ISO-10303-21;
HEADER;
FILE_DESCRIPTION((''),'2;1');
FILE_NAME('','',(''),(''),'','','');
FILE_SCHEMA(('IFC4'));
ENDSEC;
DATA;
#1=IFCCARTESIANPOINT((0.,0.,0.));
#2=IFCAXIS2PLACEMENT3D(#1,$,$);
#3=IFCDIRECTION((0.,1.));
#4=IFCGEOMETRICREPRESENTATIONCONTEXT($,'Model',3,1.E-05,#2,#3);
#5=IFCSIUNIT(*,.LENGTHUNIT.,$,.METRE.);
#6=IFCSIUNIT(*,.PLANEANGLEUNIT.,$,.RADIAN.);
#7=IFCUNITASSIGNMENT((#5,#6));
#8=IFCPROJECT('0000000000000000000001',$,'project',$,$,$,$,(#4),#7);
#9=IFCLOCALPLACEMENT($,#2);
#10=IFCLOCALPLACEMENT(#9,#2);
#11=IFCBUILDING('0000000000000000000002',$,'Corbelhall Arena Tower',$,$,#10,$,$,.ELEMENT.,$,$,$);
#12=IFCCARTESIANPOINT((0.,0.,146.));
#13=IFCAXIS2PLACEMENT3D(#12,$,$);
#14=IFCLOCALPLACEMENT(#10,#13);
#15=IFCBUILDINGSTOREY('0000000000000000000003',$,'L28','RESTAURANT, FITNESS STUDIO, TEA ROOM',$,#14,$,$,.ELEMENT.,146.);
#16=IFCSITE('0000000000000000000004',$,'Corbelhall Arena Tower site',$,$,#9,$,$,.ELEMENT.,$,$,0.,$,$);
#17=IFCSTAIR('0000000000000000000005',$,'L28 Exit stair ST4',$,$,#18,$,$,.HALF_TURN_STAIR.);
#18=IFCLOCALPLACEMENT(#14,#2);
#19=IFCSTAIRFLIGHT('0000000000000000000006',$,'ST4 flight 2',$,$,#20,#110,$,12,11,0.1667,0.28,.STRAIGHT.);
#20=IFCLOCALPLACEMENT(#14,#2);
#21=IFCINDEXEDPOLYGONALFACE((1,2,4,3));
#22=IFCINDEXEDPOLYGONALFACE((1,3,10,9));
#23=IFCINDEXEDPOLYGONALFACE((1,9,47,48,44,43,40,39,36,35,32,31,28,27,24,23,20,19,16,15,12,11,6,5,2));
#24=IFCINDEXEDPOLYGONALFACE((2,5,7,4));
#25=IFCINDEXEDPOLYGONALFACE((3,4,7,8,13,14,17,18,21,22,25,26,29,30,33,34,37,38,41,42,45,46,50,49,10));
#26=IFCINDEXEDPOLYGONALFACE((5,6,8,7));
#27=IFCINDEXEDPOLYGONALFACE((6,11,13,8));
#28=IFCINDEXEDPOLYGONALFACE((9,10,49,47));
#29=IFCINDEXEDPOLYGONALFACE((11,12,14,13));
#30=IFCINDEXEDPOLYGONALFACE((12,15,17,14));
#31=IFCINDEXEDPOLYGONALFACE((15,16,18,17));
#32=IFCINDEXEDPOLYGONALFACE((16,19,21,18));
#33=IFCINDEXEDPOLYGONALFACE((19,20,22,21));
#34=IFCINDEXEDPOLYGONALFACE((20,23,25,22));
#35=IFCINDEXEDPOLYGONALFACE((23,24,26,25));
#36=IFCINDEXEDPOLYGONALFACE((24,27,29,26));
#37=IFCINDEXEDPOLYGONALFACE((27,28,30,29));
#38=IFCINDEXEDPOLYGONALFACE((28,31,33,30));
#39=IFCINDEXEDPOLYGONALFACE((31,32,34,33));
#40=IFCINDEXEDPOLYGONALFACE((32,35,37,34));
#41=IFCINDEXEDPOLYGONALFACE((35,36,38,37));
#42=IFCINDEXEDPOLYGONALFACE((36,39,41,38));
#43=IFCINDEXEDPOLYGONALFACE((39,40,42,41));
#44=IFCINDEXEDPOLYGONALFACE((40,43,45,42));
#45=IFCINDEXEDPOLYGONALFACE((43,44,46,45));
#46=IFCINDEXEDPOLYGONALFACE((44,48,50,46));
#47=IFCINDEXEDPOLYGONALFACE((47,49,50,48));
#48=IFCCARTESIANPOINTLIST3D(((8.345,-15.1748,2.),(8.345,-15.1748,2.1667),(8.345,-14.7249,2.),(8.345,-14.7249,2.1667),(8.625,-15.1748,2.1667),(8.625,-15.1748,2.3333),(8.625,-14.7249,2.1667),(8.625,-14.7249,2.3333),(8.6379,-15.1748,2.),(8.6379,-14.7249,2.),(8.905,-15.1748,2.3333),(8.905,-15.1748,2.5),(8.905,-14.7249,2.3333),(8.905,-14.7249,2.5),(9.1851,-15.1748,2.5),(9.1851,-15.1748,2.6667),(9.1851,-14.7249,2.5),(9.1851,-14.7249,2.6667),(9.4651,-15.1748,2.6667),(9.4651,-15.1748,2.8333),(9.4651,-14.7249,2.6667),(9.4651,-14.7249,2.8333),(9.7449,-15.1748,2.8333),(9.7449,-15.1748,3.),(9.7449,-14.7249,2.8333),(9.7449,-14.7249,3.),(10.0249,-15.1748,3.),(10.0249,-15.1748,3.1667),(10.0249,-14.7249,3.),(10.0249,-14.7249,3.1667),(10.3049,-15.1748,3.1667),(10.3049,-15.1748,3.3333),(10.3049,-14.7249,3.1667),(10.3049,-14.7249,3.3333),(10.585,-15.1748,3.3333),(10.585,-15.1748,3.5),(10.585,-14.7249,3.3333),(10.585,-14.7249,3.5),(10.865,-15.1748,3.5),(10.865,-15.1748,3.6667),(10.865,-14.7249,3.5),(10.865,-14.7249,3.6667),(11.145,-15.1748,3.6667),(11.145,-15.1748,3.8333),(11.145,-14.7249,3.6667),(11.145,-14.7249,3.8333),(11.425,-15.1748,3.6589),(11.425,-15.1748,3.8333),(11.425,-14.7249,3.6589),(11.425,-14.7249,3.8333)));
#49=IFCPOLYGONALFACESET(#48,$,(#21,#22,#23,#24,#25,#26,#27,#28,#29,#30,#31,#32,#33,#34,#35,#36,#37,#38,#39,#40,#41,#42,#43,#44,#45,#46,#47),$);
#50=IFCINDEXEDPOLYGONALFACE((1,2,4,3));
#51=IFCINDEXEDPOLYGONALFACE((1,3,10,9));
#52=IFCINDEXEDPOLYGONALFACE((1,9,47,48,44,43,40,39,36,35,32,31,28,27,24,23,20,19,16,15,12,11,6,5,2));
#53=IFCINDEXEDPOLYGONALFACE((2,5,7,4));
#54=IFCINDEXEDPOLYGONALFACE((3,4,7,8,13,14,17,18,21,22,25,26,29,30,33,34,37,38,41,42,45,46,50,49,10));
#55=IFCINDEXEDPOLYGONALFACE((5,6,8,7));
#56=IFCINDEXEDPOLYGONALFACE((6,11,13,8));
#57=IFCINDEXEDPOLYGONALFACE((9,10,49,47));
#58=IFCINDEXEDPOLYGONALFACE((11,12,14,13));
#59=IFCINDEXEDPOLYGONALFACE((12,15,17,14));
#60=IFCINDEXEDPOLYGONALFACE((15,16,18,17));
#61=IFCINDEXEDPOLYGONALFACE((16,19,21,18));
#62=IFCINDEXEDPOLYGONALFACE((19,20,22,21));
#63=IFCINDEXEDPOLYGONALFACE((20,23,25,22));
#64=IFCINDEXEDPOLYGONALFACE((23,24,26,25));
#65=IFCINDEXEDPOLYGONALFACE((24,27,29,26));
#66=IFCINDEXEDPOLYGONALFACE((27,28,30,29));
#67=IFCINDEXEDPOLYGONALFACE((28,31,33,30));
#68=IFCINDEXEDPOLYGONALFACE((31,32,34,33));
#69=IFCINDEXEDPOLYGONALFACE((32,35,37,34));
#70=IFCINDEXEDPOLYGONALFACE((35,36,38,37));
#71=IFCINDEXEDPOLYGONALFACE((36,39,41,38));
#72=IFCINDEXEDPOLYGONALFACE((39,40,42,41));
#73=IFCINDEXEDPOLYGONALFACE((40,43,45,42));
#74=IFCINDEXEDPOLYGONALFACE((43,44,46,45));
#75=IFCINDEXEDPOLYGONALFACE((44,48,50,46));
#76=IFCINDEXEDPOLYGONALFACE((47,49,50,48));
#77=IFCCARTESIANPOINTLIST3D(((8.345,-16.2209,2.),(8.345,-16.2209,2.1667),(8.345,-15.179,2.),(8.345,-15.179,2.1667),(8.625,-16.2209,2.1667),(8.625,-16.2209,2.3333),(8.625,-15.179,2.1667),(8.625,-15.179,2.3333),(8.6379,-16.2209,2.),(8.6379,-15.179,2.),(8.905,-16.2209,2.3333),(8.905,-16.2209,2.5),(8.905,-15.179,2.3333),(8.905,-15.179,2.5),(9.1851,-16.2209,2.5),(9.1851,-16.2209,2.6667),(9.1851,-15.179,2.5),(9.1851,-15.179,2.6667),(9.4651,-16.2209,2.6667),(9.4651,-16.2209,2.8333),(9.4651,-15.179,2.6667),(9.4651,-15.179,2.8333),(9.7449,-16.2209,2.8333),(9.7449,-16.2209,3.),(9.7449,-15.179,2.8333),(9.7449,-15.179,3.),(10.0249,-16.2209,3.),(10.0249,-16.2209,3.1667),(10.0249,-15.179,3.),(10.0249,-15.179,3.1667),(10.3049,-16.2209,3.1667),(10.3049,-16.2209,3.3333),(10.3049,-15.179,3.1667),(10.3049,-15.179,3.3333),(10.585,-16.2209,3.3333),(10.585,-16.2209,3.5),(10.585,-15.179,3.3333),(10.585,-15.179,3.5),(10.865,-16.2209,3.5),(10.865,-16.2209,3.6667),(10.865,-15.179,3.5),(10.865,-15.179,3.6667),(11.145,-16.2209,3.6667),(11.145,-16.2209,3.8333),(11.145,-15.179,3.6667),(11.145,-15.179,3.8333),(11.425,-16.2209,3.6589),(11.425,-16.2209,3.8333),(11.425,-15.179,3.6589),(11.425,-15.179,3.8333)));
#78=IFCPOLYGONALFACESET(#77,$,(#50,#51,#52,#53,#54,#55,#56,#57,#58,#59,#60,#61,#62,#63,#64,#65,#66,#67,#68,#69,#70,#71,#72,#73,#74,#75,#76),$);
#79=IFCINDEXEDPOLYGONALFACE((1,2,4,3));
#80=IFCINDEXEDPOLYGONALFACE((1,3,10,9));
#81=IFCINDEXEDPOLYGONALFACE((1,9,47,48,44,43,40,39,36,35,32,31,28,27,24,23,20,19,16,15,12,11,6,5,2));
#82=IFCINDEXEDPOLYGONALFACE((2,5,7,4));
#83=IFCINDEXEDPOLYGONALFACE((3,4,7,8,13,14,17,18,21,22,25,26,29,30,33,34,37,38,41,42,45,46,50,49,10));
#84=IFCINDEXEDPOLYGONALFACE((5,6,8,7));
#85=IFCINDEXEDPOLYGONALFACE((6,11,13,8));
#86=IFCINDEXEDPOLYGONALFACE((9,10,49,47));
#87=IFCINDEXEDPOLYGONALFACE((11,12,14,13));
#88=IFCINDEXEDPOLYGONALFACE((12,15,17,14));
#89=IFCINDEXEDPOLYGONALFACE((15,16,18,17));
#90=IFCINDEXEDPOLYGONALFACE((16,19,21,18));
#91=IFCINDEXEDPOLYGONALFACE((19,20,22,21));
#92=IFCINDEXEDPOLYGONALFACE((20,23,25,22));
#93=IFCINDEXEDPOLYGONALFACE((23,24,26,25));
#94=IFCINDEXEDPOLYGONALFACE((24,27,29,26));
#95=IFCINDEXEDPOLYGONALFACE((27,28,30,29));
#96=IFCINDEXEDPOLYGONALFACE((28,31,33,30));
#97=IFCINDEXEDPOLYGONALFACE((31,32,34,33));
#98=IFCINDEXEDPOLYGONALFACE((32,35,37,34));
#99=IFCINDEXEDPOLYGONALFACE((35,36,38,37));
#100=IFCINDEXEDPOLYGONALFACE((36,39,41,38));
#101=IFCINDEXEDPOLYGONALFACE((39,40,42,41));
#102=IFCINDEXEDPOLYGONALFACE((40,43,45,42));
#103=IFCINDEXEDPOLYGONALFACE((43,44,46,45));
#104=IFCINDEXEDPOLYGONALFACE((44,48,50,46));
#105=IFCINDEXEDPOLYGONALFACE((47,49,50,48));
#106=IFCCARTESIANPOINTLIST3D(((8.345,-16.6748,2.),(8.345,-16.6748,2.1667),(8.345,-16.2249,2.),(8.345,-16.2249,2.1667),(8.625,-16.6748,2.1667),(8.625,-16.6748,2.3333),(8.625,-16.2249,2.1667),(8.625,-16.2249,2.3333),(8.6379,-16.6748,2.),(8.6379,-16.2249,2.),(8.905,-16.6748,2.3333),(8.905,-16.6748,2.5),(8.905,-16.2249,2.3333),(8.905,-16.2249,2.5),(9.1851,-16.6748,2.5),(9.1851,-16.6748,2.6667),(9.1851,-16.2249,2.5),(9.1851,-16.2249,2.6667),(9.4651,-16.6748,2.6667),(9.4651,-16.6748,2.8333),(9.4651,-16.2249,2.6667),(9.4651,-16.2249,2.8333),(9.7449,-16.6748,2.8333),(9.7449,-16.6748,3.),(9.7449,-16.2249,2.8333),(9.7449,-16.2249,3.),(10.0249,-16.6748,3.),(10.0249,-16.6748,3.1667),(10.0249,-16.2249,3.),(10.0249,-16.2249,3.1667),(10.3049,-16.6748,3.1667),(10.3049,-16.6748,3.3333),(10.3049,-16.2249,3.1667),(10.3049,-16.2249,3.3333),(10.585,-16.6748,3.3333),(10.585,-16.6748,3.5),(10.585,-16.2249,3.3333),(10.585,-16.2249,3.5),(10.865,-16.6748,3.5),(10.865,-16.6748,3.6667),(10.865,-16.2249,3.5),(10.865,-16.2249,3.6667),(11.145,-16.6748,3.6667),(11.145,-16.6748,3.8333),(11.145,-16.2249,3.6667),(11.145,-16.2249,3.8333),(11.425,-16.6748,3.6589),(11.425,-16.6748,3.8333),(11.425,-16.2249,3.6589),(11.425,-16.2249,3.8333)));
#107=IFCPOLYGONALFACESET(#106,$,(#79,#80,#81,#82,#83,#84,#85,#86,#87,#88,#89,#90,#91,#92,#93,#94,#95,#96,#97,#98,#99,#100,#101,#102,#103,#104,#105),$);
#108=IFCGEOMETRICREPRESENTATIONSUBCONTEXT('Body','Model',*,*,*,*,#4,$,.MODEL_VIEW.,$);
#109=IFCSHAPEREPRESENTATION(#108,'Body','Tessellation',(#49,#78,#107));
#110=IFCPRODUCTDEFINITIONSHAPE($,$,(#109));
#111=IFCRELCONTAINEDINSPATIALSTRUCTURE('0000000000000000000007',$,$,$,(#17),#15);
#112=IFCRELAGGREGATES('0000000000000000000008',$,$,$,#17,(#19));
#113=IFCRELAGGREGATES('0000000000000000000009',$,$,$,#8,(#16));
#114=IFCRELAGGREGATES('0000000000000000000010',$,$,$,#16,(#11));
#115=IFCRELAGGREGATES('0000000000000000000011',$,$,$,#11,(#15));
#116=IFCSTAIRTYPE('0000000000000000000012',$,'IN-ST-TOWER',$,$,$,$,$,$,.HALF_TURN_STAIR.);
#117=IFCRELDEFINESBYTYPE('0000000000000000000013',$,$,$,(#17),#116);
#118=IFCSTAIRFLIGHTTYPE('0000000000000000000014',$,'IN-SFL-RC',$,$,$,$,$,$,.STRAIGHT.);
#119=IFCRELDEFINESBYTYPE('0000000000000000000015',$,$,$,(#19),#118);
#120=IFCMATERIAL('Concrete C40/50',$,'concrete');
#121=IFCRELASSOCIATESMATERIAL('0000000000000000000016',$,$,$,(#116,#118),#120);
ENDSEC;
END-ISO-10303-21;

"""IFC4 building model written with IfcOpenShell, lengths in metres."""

from ifc_helpers import new_model, si_unit, direction, frame, origin, place, context, subcontext, project, spatial, polyline, outline, extrude, material, type_object, element, aggregate, save


model = new_model("IFC4")

# Units and contexts
model_context = context("Model", 3, precision=1e-05, world=origin(), true_north=direction((0.0, 1.0)))
body_context = subcontext(model_context, "Body", "Model", "MODEL_VIEW")
ifc_project = project(units=[si_unit("LENGTHUNIT", "METRE"), si_unit("PLANEANGLEUNIT", "RADIAN")], contexts=[model_context])

# Site, building, storey
site_placement = place(None, origin())
site = spatial("IfcSite", under=ifc_project, at=site_placement, Name="Corbelhall Arena Tower site", CompositionType="ELEMENT", RefElevation=0.0)
building_placement = place(site_placement, origin())
building = spatial("IfcBuilding", under=site, at=building_placement, Name="Corbelhall Arena Tower", CompositionType="ELEMENT")
storey_placement = place(building_placement, frame((0.0, 0.0, 146.0)))
storey = spatial("IfcBuildingStorey", under=building, at=storey_placement, Name="L28", Description="RESTAURANT, FITNESS STUDIO, TEA ROOM", CompositionType="ELEMENT", Elevation=146.0)

# Shared definitions
ifc_material_1 = material(Name="Concrete C40/50", Category="concrete")

# Stair, stair flight
stair_type = type_object("IfcStairType", Name="IN-ST-TOWER", PredefinedType="HALF_TURN_STAIR", material=ifc_material_1)
stair_placement = place(storey_placement, origin())
stair = element("IfcStair", 1, at=stair_placement, inside=storey, type_object=stair_type, Name="L28 Exit stair ST4", PredefinedType="HALF_TURN_STAIR")
stair_flight_type = type_object("IfcStairFlightType", Name="IN-SFL-RC", PredefinedType="STRAIGHT", material=ifc_material_1)
stair_flight_placement = place(storey_placement, frame((8.345, -15.7, 2.0), z_axis=(0.0, 0.0, 1.0), x_axis=(1.0, 0.0, 0.0)))
stair_flight = element("IfcStairFlight", 2, at=stair_flight_placement, type_object=stair_flight_type, Name="ST4 flight 2", NumberOfRisers=12, NumberOfTreads=11, PredefinedType="STRAIGHT", RiserHeight=0.1667, TreadLength=0.28, context=body_context, shape_type="SweptSolid", body=[
    extrude(outline(polyline([(0.0, 0.0), (0.0, 0.1667), (0.28, 0.1667), (0.28, 0.3333), (0.5601, 0.3333), (0.5601, 0.5), (0.8401, 0.5), (0.8401, 0.6667), (1.1201, 0.6667), (1.1201, 0.8333), (1.3999, 0.8333), (1.3999, 1.0), (1.6799, 1.0), (1.6799, 1.1667), (1.96, 1.1667), (1.96, 1.3333), (2.24, 1.3333), (2.24, 1.5), (2.52, 1.5), (2.52, 1.6667), (2.8, 1.6667), (2.8, 1.8333), (3.0801, 1.8333), (3.0801, 2.0), (3.0801, 1.6589), (0.293, 0.0), (0.0, 0.0)])), frame((0.0, 0.9751, 0.0), z_axis=(0.0, -1.0, 0.0), x_axis=(1.0, 0.0, 0.0)), (0.0, 0.0, 1.0), 0.45),
    extrude(outline(polyline([(0.0, 0.0), (0.0, 0.1667), (0.28, 0.1667), (0.28, 0.3333), (0.5601, 0.3333), (0.5601, 0.5), (0.8401, 0.5), (0.8401, 0.6667), (1.1201, 0.6667), (1.1201, 0.8333), (1.3999, 0.8333), (1.3999, 1.0), (1.6799, 1.0), (1.6799, 1.1667), (1.96, 1.1667), (1.96, 1.3333), (2.24, 1.3333), (2.24, 1.5), (2.52, 1.5), (2.52, 1.6667), (2.8, 1.6667), (2.8, 1.8333), (3.0801, 1.8333), (3.0801, 2.0), (3.0801, 1.6589), (0.293, 0.0), (0.0, 0.0)])), frame((0.0, 0.521, 0.0), z_axis=(0.0, -1.0, 0.0), x_axis=(1.0, 0.0, 0.0)), (0.0, 0.0, 1.0), 1.042),
    extrude(outline(polyline([(0.0, 0.0), (0.0, 0.1667), (0.28, 0.1667), (0.28, 0.3333), (0.5601, 0.3333), (0.5601, 0.5), (0.8401, 0.5), (0.8401, 0.6667), (1.1201, 0.6667), (1.1201, 0.8333), (1.3999, 0.8333), (1.3999, 1.0), (1.6799, 1.0), (1.6799, 1.1667), (1.96, 1.1667), (1.96, 1.3333), (2.24, 1.3333), (2.24, 1.5), (2.52, 1.5), (2.52, 1.6667), (2.8, 1.6667), (2.8, 1.8333), (3.0801, 1.8333), (3.0801, 2.0), (3.0801, 1.6589), (0.293, 0.0), (0.0, 0.0)])), frame((0.0, -0.5249, 0.0), z_axis=(0.0, -1.0, 0.0), x_axis=(1.0, 0.0, 0.0)), (0.0, 0.0, 1.0), 0.45),
])
aggregate(stair, [stair_flight])

save(model, "model.ifc")
